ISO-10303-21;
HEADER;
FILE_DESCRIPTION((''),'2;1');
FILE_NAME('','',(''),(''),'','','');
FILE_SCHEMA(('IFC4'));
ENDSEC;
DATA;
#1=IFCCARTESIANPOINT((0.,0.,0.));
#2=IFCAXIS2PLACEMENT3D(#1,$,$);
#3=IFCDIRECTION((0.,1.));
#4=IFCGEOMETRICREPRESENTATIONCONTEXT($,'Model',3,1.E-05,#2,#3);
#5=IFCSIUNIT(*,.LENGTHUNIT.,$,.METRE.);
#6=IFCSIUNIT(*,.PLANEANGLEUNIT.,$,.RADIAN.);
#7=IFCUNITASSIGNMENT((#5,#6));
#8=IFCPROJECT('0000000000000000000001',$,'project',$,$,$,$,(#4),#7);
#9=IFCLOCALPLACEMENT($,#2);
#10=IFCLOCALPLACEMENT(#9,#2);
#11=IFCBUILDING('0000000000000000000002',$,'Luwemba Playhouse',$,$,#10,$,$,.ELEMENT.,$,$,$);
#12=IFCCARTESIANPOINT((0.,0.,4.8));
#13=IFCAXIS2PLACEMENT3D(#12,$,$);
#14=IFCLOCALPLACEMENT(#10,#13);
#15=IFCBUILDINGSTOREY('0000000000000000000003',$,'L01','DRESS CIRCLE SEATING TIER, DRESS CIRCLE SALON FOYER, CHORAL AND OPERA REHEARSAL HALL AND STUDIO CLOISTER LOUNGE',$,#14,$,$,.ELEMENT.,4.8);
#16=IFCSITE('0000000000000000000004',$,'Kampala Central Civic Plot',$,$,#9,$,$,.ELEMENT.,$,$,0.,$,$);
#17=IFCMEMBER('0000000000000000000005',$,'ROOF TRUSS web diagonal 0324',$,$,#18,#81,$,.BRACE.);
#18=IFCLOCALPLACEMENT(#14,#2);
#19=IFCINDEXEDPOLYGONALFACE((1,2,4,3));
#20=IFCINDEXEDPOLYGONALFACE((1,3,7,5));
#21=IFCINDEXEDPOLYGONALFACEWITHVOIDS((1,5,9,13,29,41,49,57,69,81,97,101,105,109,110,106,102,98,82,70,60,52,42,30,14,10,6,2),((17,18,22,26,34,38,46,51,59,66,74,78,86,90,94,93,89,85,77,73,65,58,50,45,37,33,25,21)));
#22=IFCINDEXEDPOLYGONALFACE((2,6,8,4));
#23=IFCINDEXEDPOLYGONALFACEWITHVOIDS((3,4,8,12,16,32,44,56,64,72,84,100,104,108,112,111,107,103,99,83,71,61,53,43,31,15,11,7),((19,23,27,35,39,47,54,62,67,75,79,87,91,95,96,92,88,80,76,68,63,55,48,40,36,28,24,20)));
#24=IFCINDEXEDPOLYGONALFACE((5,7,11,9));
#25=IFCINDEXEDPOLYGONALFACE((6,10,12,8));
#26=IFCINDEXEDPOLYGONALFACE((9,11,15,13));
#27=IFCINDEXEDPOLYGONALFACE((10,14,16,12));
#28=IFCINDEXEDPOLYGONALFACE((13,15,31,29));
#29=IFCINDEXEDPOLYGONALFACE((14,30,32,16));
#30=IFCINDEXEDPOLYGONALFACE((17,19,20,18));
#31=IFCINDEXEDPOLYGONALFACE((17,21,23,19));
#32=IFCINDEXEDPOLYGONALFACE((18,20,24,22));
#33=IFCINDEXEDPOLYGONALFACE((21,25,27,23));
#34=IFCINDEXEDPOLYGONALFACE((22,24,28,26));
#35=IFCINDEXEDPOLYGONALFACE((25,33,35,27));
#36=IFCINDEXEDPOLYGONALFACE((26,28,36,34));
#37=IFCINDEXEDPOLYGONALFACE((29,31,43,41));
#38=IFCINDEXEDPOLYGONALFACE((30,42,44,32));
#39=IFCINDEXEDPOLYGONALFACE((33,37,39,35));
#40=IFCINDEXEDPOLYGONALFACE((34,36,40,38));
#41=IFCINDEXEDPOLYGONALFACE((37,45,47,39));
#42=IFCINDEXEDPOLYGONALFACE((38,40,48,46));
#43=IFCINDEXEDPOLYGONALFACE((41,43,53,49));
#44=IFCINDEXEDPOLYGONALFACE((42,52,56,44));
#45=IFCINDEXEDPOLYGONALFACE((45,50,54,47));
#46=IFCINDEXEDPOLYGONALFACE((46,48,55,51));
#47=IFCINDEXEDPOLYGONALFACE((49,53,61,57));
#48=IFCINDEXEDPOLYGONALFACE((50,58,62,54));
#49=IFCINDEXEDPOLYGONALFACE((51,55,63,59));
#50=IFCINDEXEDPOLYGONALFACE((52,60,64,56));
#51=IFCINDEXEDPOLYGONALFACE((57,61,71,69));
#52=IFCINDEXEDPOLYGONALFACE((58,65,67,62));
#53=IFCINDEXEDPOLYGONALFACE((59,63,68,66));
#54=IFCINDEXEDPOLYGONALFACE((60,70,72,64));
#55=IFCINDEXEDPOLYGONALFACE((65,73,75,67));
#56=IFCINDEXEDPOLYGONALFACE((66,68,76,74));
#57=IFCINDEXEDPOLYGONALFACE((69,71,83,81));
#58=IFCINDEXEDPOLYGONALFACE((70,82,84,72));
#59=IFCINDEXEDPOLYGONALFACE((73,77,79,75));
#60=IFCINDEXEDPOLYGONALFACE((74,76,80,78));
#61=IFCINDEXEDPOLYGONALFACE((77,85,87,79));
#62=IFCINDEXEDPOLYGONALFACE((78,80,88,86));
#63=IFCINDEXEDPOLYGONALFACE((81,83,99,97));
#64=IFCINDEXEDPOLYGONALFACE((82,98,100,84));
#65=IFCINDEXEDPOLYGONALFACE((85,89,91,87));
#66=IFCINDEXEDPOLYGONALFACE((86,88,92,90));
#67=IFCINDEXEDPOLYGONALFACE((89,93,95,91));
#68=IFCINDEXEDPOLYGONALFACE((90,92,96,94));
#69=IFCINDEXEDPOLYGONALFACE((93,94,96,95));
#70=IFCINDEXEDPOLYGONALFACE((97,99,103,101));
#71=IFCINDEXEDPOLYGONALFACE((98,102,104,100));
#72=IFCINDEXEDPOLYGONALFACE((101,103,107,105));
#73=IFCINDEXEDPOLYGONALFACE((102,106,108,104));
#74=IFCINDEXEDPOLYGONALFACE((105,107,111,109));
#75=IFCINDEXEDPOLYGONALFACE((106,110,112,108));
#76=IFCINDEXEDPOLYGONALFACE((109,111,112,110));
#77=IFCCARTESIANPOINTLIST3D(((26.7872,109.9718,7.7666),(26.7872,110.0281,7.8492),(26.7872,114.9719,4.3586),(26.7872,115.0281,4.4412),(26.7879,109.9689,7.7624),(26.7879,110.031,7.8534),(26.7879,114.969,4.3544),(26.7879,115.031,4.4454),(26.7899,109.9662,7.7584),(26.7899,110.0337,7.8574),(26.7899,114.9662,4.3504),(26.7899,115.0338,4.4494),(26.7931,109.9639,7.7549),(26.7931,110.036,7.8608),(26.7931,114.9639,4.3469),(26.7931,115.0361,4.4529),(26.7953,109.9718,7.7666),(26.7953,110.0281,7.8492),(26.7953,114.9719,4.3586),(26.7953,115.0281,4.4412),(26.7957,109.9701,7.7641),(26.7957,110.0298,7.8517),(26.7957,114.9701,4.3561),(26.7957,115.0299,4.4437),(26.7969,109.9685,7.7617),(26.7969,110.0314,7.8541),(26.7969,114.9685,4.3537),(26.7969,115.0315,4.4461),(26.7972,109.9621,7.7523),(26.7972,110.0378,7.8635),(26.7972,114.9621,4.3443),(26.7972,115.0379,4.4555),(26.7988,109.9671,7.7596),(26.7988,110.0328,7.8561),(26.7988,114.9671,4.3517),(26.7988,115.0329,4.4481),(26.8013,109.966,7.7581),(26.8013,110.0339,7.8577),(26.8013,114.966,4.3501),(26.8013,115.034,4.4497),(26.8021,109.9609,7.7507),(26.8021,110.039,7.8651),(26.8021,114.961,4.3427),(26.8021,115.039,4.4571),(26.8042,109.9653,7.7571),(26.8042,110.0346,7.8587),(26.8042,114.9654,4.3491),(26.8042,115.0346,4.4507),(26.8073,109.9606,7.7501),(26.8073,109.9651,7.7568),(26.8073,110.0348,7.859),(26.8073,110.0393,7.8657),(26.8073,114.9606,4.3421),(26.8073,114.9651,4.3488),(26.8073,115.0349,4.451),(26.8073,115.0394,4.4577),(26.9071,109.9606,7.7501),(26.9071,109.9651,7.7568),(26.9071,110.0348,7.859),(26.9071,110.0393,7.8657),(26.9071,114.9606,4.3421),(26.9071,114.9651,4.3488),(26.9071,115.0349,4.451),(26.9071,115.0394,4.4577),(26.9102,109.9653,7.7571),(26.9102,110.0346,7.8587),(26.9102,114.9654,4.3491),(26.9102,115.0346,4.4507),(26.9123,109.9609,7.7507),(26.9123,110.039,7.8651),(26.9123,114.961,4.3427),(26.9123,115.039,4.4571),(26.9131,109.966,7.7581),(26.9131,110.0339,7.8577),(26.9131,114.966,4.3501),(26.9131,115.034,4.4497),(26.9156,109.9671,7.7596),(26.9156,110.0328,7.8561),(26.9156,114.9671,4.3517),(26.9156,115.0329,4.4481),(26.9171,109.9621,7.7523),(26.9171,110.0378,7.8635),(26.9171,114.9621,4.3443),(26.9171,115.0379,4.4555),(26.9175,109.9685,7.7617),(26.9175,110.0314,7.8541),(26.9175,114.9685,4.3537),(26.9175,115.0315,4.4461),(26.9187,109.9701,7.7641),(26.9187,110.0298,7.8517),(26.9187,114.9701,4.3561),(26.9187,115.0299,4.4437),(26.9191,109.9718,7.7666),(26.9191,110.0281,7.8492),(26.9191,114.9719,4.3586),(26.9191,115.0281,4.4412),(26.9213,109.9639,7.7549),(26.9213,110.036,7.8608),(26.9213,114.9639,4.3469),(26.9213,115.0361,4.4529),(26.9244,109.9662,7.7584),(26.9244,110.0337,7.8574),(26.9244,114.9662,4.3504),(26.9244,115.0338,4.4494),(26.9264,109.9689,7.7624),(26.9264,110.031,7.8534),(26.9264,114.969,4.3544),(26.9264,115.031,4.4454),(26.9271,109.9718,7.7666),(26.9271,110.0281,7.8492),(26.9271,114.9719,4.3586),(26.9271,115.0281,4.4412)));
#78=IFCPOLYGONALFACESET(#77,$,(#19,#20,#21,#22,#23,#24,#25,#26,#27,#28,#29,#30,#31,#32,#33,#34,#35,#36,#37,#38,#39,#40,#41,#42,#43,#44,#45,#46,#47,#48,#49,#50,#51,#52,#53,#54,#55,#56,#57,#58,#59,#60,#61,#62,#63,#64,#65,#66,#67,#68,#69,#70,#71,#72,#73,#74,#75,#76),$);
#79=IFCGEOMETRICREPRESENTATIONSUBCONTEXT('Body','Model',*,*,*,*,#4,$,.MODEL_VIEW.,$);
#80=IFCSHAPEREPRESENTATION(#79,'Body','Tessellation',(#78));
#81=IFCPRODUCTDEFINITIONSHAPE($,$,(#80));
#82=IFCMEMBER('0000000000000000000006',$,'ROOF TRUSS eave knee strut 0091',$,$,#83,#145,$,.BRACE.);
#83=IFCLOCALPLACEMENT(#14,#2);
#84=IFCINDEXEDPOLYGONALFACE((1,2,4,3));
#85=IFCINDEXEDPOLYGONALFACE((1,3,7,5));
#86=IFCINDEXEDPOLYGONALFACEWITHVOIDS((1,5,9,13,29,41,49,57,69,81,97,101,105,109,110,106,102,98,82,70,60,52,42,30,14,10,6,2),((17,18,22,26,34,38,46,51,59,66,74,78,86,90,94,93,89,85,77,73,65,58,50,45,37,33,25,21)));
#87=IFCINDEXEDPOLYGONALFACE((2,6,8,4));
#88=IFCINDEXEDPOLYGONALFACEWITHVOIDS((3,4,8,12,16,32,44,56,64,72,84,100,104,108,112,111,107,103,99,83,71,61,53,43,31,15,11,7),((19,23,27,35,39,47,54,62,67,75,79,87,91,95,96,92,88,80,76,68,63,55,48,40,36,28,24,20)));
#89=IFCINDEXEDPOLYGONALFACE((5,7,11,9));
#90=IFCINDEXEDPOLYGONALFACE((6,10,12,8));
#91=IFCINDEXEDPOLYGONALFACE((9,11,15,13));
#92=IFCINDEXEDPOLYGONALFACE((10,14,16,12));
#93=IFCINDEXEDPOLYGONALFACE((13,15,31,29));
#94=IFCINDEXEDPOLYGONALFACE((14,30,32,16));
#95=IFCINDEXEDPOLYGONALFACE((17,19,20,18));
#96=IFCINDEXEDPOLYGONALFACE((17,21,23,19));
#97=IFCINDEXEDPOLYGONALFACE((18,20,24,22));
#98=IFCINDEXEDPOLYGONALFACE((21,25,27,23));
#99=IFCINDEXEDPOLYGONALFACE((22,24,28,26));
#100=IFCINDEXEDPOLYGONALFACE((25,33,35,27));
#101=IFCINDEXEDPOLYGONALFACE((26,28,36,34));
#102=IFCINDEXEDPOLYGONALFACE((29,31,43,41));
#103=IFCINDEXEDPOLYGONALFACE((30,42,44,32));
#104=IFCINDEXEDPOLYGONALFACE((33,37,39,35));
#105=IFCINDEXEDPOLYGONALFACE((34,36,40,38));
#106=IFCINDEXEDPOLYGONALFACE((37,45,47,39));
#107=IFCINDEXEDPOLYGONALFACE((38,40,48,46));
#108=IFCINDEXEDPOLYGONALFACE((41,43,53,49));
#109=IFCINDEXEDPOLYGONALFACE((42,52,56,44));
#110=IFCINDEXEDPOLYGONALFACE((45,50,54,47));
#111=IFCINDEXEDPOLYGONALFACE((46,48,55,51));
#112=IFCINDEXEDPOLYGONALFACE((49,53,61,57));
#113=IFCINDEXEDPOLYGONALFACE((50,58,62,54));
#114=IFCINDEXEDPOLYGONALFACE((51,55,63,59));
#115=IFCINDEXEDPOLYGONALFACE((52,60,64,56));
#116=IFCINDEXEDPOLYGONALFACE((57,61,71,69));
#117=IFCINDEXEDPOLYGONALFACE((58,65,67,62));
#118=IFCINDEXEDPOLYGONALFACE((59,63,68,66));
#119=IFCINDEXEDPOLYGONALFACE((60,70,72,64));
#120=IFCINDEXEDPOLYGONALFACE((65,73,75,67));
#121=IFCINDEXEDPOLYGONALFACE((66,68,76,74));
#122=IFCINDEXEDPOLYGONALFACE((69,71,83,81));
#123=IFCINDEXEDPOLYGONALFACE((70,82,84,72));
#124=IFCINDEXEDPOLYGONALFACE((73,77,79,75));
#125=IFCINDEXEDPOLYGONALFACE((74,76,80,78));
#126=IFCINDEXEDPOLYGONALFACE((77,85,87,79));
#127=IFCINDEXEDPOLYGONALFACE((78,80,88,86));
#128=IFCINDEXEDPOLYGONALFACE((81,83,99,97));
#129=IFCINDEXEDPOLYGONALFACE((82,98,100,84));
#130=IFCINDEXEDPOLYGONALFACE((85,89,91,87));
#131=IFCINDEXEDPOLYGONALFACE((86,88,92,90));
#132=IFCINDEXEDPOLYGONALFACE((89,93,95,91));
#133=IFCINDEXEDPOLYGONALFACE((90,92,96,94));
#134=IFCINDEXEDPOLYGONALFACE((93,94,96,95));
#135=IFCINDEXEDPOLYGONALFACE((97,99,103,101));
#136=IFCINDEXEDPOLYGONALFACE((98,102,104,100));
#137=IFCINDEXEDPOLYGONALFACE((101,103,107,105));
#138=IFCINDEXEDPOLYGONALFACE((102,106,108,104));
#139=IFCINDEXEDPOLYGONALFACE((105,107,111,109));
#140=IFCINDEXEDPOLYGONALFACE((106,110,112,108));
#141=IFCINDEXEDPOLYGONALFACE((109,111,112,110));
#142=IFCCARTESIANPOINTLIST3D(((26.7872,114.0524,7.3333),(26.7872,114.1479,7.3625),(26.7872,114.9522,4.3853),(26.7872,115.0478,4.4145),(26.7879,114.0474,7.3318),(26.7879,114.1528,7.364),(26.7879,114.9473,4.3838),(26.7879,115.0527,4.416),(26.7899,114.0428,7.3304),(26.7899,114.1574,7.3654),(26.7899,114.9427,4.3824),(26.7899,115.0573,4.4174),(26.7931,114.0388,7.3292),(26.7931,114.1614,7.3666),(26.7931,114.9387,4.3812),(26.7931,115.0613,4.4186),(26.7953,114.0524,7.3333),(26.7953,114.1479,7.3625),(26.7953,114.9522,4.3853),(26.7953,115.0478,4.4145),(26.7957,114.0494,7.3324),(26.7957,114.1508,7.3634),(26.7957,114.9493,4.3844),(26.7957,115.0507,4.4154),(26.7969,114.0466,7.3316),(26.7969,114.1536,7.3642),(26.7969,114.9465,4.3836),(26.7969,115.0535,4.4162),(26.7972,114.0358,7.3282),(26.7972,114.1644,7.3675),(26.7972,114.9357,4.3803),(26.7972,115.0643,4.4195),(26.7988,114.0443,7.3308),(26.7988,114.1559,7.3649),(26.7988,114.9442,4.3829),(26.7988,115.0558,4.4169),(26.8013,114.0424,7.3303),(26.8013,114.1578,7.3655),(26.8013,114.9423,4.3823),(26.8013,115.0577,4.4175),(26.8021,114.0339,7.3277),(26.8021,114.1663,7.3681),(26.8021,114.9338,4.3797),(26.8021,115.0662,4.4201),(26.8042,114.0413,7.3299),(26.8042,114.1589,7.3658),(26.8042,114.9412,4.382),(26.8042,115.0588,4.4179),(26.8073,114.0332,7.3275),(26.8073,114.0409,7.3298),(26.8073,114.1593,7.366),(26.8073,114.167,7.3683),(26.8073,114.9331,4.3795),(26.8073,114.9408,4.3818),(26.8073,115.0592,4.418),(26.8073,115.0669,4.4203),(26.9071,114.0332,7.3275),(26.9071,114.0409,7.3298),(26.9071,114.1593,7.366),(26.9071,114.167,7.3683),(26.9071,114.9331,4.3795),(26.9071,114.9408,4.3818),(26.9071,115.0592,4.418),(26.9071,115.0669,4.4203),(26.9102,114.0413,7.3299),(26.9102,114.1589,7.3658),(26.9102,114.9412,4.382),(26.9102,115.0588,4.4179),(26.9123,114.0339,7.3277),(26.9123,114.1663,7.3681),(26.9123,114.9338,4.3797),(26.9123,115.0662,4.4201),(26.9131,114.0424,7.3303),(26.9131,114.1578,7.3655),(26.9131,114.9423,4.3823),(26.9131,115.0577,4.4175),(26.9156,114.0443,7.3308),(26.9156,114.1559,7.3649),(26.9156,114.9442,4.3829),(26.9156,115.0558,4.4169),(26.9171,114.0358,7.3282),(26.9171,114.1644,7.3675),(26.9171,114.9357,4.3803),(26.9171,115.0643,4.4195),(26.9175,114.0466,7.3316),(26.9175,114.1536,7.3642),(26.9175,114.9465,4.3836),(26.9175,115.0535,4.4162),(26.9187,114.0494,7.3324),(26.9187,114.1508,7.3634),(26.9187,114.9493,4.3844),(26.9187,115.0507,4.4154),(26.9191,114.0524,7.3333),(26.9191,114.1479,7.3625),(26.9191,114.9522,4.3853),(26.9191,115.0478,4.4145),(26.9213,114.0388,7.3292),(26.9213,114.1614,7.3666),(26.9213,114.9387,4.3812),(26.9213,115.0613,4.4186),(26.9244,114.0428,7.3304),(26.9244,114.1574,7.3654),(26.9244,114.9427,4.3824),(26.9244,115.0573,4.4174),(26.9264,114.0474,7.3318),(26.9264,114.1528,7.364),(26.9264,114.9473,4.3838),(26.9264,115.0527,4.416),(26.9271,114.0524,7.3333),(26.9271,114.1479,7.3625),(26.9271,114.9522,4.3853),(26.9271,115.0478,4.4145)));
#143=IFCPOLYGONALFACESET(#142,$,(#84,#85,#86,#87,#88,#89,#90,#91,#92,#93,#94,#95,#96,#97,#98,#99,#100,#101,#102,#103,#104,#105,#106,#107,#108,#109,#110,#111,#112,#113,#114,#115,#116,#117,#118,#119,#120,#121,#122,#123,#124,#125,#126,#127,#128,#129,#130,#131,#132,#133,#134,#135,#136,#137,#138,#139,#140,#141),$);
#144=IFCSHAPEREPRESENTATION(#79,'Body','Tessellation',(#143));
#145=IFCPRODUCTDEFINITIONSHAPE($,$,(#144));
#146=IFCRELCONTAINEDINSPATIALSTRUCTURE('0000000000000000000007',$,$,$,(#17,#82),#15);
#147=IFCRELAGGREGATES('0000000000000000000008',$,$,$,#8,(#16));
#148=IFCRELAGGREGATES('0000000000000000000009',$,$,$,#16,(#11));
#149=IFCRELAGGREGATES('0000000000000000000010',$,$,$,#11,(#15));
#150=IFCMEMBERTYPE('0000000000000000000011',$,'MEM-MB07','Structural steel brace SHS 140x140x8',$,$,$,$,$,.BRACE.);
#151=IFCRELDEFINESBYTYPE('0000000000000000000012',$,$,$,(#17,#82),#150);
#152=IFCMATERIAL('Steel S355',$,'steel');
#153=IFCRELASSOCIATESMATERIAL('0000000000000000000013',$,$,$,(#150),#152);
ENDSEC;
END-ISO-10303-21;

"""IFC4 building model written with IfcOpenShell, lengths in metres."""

from ifc_helpers import new_model, si_unit, direction, frame, origin, origin_2d, place, context, subcontext, project, spatial, hollow_rectangle, extrude, material, material_profile, profile_set, type_object, element, save


model = new_model("IFC4")

# Units and contexts
model_context = context("Model", 3, precision=1e-05, world=origin(), true_north=direction((0.0, 1.0)))
body_context = subcontext(model_context, "Body", "Model", "MODEL_VIEW")
ifc_project = project(units=[si_unit("LENGTHUNIT", "METRE"), si_unit("PLANEANGLEUNIT", "RADIAN")], contexts=[model_context])

# Site, building, storey
site_placement = place(None, origin())
site = spatial("IfcSite", under=ifc_project, at=site_placement, Name="Kampala Central Civic Plot", CompositionType="ELEMENT", RefElevation=0.0)
building_placement = place(site_placement, origin())
building = spatial("IfcBuilding", under=site, at=building_placement, Name="Luwemba Playhouse", CompositionType="ELEMENT")
storey_placement = place(building_placement, frame((0.0, 0.0, 4.8)))
storey = spatial("IfcBuildingStorey", under=building, at=storey_placement, Name="L01", Description="DRESS CIRCLE SEATING TIER, DRESS CIRCLE SALON FOYER, CHORAL AND OPERA REHEARSAL HALL AND STUDIO CLOISTER LOUNGE", CompositionType="ELEMENT", Elevation=4.8)

# Shared definitions
ifc_material_1 = material(Name="Steel S355", Category="steel")

# Members
ifc_material_profile_1 = material_profile(ifc_material_1, hollow_rectangle(XDim=0.1399, YDim=0.1399, WallThickness=0.0081, InnerFilletRadius=0.012, OuterFilletRadius=0.02, at=origin_2d()))
ifc_profile_set_1 = profile_set([ifc_material_profile_1], Name="Steel S355")
member_type_1 = type_object("IfcMemberType", Name="MEM-MB07", Description="Structural steel brace SHS 140x140x8", PredefinedType="BRACE", material=ifc_profile_set_1)
member_1_placement = place(storey_placement, frame((26.8572, 115.0, 4.3999), z_axis=(0.0, -0.826314, 0.563209), x_axis=(1.0, 0.0, 0.0)))
element("IfcMember", 1, at=member_1_placement, inside=storey, type_object=member_type_1, Name="ROOF TRUSS web diagonal 0324", PredefinedType="BRACE", context=body_context, shape_type="SweptSolid", body=[
    extrude(hollow_rectangle(XDim=0.1399, YDim=0.1399, WallThickness=0.0081, InnerFilletRadius=0.012, OuterFilletRadius=0.02, at=origin_2d()), origin(), (0.0, 0.0, 1.0), 6.051),
])
member_2_placement = place(storey_placement, frame((26.8572, 115.0, 4.3999), z_axis=(0.0, -0.291959, 0.956431), x_axis=(1.0, 0.0, 0.0)))
element("IfcMember", 2, at=member_2_placement, inside=storey, type_object=member_type_1, Name="ROOF TRUSS eave knee strut 0091", PredefinedType="BRACE", context=body_context, shape_type="SweptSolid", body=[
    extrude(hollow_rectangle(XDim=0.1399, YDim=0.1399, WallThickness=0.0081, InnerFilletRadius=0.012, OuterFilletRadius=0.02, at=origin_2d()), origin(), (0.0, 0.0, 1.0), 3.0823),
])

save(model, "model.ifc")
